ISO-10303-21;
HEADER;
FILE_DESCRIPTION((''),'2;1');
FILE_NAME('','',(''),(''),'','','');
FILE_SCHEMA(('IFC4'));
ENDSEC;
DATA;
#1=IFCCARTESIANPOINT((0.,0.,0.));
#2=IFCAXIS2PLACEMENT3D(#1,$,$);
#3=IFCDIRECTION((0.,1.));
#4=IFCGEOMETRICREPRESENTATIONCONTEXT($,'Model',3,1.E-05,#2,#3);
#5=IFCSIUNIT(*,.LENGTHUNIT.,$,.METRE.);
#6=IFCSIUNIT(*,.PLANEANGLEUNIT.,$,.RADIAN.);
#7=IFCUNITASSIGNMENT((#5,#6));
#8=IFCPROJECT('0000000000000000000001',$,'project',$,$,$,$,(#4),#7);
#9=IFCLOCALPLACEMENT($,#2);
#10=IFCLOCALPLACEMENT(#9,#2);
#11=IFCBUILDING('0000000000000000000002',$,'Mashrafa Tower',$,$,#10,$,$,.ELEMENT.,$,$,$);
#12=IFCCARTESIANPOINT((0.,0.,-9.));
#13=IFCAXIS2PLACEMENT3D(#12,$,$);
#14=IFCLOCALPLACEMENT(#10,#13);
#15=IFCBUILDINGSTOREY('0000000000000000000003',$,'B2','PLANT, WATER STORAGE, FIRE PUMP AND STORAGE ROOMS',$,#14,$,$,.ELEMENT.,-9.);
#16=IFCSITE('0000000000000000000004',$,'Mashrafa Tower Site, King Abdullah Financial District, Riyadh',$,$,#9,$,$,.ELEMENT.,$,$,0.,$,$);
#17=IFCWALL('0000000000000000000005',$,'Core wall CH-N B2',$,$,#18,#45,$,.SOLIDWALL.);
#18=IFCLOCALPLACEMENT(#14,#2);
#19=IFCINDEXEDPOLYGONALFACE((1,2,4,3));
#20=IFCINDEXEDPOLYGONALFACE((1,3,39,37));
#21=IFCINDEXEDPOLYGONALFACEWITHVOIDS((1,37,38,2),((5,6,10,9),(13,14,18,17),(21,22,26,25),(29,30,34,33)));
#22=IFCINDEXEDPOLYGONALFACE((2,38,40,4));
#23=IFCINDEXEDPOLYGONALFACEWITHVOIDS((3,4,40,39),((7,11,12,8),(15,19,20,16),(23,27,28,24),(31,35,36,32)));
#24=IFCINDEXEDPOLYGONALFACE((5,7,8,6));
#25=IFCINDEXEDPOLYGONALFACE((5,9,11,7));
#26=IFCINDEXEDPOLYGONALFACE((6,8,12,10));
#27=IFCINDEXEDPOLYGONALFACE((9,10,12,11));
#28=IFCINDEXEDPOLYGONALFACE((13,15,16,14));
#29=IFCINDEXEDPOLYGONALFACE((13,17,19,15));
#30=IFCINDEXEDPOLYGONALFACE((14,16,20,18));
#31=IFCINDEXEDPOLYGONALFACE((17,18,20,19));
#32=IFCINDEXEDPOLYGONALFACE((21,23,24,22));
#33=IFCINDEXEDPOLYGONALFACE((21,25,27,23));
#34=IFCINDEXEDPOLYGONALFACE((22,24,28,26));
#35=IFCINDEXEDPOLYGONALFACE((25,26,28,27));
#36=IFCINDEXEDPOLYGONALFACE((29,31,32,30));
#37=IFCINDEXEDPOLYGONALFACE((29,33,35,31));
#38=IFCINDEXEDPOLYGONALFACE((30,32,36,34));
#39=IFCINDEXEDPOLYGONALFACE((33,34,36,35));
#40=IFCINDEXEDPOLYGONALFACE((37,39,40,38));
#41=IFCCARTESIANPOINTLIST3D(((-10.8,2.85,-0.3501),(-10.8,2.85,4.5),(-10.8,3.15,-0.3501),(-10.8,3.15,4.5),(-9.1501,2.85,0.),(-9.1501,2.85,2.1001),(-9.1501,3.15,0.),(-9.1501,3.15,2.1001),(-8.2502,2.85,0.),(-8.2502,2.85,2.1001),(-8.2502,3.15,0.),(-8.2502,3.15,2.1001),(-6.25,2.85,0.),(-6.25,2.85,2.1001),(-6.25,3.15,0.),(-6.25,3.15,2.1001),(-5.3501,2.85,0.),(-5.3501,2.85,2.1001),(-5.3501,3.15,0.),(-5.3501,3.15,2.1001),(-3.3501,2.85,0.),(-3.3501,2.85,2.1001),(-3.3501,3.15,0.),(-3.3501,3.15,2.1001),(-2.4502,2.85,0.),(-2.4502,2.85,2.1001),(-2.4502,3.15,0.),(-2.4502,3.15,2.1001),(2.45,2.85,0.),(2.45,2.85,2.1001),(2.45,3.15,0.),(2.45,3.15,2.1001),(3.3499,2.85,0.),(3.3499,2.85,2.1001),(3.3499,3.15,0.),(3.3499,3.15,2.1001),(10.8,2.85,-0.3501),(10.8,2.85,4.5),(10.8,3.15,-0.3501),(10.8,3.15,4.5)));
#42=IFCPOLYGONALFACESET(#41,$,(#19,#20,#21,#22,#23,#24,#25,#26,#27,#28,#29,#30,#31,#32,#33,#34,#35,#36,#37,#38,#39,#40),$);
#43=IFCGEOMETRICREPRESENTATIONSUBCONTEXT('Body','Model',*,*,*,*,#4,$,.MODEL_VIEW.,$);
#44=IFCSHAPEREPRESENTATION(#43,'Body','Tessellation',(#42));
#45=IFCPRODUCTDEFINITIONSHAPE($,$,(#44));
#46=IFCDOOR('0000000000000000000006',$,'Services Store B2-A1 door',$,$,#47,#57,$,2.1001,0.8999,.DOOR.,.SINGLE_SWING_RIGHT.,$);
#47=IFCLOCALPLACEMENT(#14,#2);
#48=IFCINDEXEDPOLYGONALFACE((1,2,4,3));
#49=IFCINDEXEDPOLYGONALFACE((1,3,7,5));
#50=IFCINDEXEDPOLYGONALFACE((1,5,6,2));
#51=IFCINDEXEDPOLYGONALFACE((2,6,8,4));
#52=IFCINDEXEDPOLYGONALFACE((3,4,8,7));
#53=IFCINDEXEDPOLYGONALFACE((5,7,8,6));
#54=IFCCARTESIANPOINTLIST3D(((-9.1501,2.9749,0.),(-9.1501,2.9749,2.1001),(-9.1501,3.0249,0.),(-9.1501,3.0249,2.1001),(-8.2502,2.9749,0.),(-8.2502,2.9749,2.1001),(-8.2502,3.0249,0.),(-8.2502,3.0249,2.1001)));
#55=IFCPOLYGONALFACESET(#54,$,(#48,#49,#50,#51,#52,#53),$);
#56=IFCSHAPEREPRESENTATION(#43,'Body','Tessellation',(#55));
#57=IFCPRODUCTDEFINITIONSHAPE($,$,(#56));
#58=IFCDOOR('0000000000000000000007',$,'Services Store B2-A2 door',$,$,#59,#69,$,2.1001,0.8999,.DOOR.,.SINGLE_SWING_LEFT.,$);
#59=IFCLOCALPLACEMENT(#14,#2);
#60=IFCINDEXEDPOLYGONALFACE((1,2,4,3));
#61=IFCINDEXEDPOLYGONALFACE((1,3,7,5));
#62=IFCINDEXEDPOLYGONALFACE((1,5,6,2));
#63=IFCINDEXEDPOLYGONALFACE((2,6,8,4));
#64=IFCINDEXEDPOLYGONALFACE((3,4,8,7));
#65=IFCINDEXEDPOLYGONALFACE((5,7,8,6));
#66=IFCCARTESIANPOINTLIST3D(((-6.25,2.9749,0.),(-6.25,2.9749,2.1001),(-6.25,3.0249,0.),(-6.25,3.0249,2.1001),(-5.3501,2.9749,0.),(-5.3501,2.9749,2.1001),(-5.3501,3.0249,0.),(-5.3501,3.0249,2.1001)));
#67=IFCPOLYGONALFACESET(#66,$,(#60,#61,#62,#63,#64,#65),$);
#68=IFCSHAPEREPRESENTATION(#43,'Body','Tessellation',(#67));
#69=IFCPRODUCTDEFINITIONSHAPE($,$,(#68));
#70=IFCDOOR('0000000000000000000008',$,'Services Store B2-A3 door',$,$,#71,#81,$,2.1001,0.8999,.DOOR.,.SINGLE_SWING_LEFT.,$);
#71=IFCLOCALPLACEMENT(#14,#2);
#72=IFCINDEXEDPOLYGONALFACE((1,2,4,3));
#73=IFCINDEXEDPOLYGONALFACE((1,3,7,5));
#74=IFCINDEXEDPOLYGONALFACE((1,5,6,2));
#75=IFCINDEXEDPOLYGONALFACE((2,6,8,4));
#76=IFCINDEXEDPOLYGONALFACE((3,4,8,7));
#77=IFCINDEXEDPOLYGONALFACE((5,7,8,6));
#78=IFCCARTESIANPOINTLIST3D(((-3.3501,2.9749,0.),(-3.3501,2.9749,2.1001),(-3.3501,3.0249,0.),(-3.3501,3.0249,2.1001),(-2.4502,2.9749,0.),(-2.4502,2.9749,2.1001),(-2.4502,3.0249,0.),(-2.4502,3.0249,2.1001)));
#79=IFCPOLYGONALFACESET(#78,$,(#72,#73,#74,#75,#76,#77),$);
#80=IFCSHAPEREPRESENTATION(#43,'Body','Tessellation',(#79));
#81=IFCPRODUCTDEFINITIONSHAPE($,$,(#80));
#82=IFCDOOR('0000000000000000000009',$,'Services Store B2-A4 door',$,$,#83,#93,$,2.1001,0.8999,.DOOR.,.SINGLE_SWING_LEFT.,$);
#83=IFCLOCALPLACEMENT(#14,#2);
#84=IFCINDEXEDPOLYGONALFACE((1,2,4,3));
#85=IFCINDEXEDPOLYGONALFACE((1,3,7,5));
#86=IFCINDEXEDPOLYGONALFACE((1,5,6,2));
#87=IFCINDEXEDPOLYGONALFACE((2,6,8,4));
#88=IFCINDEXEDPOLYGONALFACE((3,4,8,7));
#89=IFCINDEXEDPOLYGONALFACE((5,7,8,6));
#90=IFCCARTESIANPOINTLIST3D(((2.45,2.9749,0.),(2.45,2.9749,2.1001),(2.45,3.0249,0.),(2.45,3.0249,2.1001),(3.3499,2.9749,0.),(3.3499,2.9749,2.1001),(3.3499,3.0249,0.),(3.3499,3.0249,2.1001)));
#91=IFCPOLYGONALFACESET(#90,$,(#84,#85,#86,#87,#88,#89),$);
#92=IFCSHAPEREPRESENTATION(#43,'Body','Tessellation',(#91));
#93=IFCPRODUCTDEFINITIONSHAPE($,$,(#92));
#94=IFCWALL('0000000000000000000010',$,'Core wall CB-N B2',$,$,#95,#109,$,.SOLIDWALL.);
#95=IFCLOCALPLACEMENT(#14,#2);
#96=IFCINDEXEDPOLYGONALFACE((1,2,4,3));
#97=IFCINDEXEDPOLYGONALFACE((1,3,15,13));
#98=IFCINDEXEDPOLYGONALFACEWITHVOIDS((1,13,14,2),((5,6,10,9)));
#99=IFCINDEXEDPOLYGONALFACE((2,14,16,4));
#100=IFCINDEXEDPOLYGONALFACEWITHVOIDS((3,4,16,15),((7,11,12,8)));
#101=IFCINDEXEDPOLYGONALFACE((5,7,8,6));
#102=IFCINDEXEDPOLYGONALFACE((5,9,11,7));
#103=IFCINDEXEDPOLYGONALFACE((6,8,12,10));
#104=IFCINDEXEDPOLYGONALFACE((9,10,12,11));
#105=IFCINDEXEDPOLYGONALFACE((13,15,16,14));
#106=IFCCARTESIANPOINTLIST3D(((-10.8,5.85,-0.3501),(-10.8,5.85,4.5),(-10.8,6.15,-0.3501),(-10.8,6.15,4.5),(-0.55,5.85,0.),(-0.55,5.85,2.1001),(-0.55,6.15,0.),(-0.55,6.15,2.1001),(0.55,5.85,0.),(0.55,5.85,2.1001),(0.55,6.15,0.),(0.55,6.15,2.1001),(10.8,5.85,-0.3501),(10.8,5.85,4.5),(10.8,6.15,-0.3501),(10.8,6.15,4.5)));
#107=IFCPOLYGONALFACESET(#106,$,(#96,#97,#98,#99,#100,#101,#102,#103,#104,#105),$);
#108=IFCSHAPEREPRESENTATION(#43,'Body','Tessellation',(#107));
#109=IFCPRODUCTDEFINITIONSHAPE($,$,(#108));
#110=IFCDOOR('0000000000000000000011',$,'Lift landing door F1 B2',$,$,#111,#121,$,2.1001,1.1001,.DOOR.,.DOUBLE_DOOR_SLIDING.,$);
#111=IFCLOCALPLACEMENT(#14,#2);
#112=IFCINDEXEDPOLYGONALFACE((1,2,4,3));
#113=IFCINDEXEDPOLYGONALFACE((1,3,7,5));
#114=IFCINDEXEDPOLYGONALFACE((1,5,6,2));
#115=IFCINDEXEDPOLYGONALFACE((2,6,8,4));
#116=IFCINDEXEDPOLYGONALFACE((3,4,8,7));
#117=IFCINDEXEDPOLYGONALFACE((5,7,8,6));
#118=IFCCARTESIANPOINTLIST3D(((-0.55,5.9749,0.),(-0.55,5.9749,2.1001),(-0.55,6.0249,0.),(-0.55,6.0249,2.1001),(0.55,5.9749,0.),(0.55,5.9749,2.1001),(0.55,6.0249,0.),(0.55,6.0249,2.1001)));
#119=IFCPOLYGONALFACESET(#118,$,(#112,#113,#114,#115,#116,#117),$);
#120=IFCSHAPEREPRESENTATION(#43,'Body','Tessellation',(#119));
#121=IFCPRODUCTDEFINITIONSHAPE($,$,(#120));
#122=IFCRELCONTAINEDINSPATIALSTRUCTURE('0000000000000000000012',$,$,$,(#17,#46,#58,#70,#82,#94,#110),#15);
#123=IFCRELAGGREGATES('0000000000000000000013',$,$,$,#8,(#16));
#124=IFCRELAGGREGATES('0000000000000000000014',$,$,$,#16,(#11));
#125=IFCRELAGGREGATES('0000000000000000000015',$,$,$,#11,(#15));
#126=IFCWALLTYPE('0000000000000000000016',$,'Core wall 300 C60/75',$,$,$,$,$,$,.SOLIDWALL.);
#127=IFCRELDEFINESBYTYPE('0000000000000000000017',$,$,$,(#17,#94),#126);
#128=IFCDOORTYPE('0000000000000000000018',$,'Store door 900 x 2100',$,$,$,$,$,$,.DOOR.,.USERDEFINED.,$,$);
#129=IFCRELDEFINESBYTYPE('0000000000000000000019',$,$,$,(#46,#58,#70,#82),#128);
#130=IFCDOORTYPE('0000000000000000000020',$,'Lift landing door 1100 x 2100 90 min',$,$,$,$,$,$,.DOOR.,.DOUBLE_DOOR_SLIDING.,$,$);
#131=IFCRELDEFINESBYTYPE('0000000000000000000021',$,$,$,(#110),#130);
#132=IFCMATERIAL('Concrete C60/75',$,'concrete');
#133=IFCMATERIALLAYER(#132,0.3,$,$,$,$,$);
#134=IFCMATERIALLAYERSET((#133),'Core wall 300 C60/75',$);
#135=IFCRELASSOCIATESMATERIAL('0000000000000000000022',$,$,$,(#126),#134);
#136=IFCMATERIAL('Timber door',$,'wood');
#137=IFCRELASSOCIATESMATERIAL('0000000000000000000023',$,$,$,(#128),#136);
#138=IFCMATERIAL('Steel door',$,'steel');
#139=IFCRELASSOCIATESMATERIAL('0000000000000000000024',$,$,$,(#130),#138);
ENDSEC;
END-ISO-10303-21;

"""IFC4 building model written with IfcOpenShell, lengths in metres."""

from ifc_helpers import new_model, si_unit, direction, frame, frame_2d, origin, place, context, subcontext, project, spatial, rectangle, extrude, material, layer, layer_set, type_object, element, fill, save


model = new_model("IFC4")

# Units and contexts
model_context = context("Model", 3, precision=1e-05, world=origin(), true_north=direction((0.0, 1.0)))
body_context = subcontext(model_context, "Body", "Model", "MODEL_VIEW")
ifc_project = project(units=[si_unit("LENGTHUNIT", "METRE"), si_unit("PLANEANGLEUNIT", "RADIAN")], contexts=[model_context])

# Site, building, storey
site_placement = place(None, origin())
site = spatial("IfcSite", under=ifc_project, at=site_placement, Name="Mashrafa Tower Site, King Abdullah Financial District, Riyadh", CompositionType="ELEMENT", RefElevation=0.0)
building_placement = place(site_placement, origin())
building = spatial("IfcBuilding", under=site, at=building_placement, Name="Mashrafa Tower", CompositionType="ELEMENT")
storey_placement = place(building_placement, frame((0.0, 0.0, -9.0)))
storey = spatial("IfcBuildingStorey", under=building, at=storey_placement, Name="B2", Description="PLANT, WATER STORAGE, FIRE PUMP AND STORAGE ROOMS", CompositionType="ELEMENT", Elevation=-9.0)

# Wall, openings, doors
ifc_material_1 = material(Name="Concrete C60/75", Category="concrete")
ifc_layer_1 = layer(ifc_material_1, 0.3)
ifc_layer_set_1 = layer_set([ifc_layer_1], Name="Core wall 300 C60/75")
wall_type_1 = type_object("IfcWallType", Name="Core wall 300 C60/75", PredefinedType="SOLIDWALL", material=ifc_layer_set_1)
wall_1_placement = place(storey_placement, frame((-10.8, 3.0, -0.3501), z_axis=(0.0, 0.0, 1.0), x_axis=(1.0, 0.0, 0.0)))
wall_1 = element("IfcWall", 1, at=wall_1_placement, inside=storey, type_object=wall_type_1, Name="Core wall CH-N B2", PredefinedType="SOLIDWALL", context=body_context, shape_type="SweptSolid", body=[
    extrude(rectangle(XDim=21.6001, YDim=0.3, at=frame_2d((10.8, 0.0))), origin(), (0.0, 0.0, 1.0), 4.8501),
])
opening_1_placement = place(wall_1_placement, frame((1.6499, 0.0, 0.3501)))
opening_1 = element("IfcOpeningElement", 2, at=opening_1_placement, cuts=wall_1, PredefinedType="OPENING", context=body_context, shape_type="SweptSolid", body=[
    extrude(rectangle(XDim=0.8999, YDim=2.1001, at=frame_2d((0.45, 1.05))), frame((0.0, 0.1599, 0.0), z_axis=(0.0, -1.0, 0.0), x_axis=(1.0, 0.0, 0.0)), (0.0, 0.0, 1.0), 0.3201),
])
opening_2_placement = place(wall_1_placement, frame((4.55, 0.0, 0.3501)))
opening_2 = element("IfcOpeningElement", 3, at=opening_2_placement, cuts=wall_1, PredefinedType="OPENING", context=body_context, shape_type="SweptSolid", body=[
    extrude(rectangle(XDim=0.8999, YDim=2.1001, at=frame_2d((0.45, 1.05))), frame((0.0, 0.1599, 0.0), z_axis=(0.0, -1.0, 0.0), x_axis=(1.0, 0.0, 0.0)), (0.0, 0.0, 1.0), 0.3201),
])
opening_3_placement = place(wall_1_placement, frame((7.45, 0.0, 0.3501)))
opening_3 = element("IfcOpeningElement", 4, at=opening_3_placement, cuts=wall_1, PredefinedType="OPENING", context=body_context, shape_type="SweptSolid", body=[
    extrude(rectangle(XDim=0.8999, YDim=2.1001, at=frame_2d((0.45, 1.05))), frame((0.0, 0.1599, 0.0), z_axis=(0.0, -1.0, 0.0), x_axis=(1.0, 0.0, 0.0)), (0.0, 0.0, 1.0), 0.3201),
])
opening_4_placement = place(wall_1_placement, frame((13.25, 0.0, 0.3501)))
opening_4 = element("IfcOpeningElement", 5, at=opening_4_placement, cuts=wall_1, PredefinedType="OPENING", context=body_context, shape_type="SweptSolid", body=[
    extrude(rectangle(XDim=0.8999, YDim=2.1001, at=frame_2d((0.45, 1.05))), frame((0.0, 0.1599, 0.0), z_axis=(0.0, -1.0, 0.0), x_axis=(1.0, 0.0, 0.0)), (0.0, 0.0, 1.0), 0.3201),
])
ifc_material_2 = material(Name="Timber door", Category="wood")
door_type_1 = type_object("IfcDoorType", Name="Store door 900 x 2100", OperationType="USERDEFINED", PredefinedType="DOOR", material=ifc_material_2)
door_1_placement = place(opening_1_placement, origin())
door_1 = element("IfcDoor", 6, at=door_1_placement, inside=storey, type_object=door_type_1, Name="Services Store B2-A1 door", OperationType="SINGLE_SWING_RIGHT", OverallHeight=2.1001, OverallWidth=0.8999, PredefinedType="DOOR", context=body_context, shape_type="SweptSolid", body=[
    extrude(rectangle(XDim=0.8999, YDim=2.1001, at=frame_2d((0.45, 1.05))), frame((0.0, 0.0249, 0.0), z_axis=(0.0, -1.0, 0.0), x_axis=(1.0, 0.0, 0.0)), (0.0, 0.0, 1.0), 0.05),
])
fill(opening_1, door_1)
door_2_placement = place(opening_2_placement, origin())
door_2 = element("IfcDoor", 7, at=door_2_placement, inside=storey, type_object=door_type_1, Name="Services Store B2-A2 door", OperationType="SINGLE_SWING_LEFT", OverallHeight=2.1001, OverallWidth=0.8999, PredefinedType="DOOR", context=body_context, shape_type="SweptSolid", body=[
    extrude(rectangle(XDim=0.8999, YDim=2.1001, at=frame_2d((0.45, 1.05))), frame((0.0, 0.0249, 0.0), z_axis=(0.0, -1.0, 0.0), x_axis=(1.0, 0.0, 0.0)), (0.0, 0.0, 1.0), 0.05),
])
fill(opening_2, door_2)
door_3_placement = place(opening_3_placement, origin())
door_3 = element("IfcDoor", 8, at=door_3_placement, inside=storey, type_object=door_type_1, Name="Services Store B2-A3 door", OperationType="SINGLE_SWING_LEFT", OverallHeight=2.1001, OverallWidth=0.8999, PredefinedType="DOOR", context=body_context, shape_type="SweptSolid", body=[
    extrude(rectangle(XDim=0.8999, YDim=2.1001, at=frame_2d((0.45, 1.05))), frame((0.0, 0.0249, 0.0), z_axis=(0.0, -1.0, 0.0), x_axis=(1.0, 0.0, 0.0)), (0.0, 0.0, 1.0), 0.05),
])
fill(opening_3, door_3)
door_4_placement = place(opening_4_placement, origin())
door_4 = element("IfcDoor", 9, at=door_4_placement, inside=storey, type_object=door_type_1, Name="Services Store B2-A4 door", OperationType="SINGLE_SWING_LEFT", OverallHeight=2.1001, OverallWidth=0.8999, PredefinedType="DOOR", context=body_context, shape_type="SweptSolid", body=[
    extrude(rectangle(XDim=0.8999, YDim=2.1001, at=frame_2d((0.45, 1.05))), frame((0.0, 0.0249, 0.0), z_axis=(0.0, -1.0, 0.0), x_axis=(1.0, 0.0, 0.0)), (0.0, 0.0, 1.0), 0.05),
])
fill(opening_4, door_4)

# Wall, opening, door
wall_2_placement = place(storey_placement, frame((-10.8, 6.0, -0.3501), z_axis=(0.0, 0.0, 1.0), x_axis=(1.0, 0.0, 0.0)))
wall_2 = element("IfcWall", 10, at=wall_2_placement, inside=storey, type_object=wall_type_1, Name="Core wall CB-N B2", PredefinedType="SOLIDWALL", context=body_context, shape_type="SweptSolid", body=[
    extrude(rectangle(XDim=21.6001, YDim=0.3, at=frame_2d((10.8, 0.0))), origin(), (0.0, 0.0, 1.0), 4.8501),
])
opening_5_placement = place(wall_2_placement, frame((10.25, 0.0, 0.3501)))
opening_5 = element("IfcOpeningElement", 11, at=opening_5_placement, cuts=wall_2, PredefinedType="OPENING", context=body_context, shape_type="SweptSolid", body=[
    extrude(rectangle(XDim=1.1001, YDim=2.1001, at=frame_2d((0.55, 1.05))), frame((0.0, 0.1599, 0.0), z_axis=(0.0, -1.0, 0.0), x_axis=(1.0, 0.0, 0.0)), (0.0, 0.0, 1.0), 0.3201),
])
ifc_material_3 = material(Name="Steel door", Category="steel")
door_type_2 = type_object("IfcDoorType", Name="Lift landing door 1100 x 2100 90 min", OperationType="DOUBLE_DOOR_SLIDING", PredefinedType="DOOR", material=ifc_material_3)
door_5_placement = place(opening_5_placement, origin())
door_5 = element("IfcDoor", 12, at=door_5_placement, inside=storey, type_object=door_type_2, Name="Lift landing door F1 B2", OperationType="DOUBLE_DOOR_SLIDING", OverallHeight=2.1001, OverallWidth=1.1001, PredefinedType="DOOR", context=body_context, shape_type="SweptSolid", body=[
    extrude(rectangle(XDim=1.1001, YDim=2.1001, at=frame_2d((0.55, 1.05))), frame((0.0, 0.0249, 0.0), z_axis=(0.0, -1.0, 0.0), x_axis=(1.0, 0.0, 0.0)), (0.0, 0.0, 1.0), 0.05),
])
fill(opening_5, door_5)

save(model, "model.ifc")
